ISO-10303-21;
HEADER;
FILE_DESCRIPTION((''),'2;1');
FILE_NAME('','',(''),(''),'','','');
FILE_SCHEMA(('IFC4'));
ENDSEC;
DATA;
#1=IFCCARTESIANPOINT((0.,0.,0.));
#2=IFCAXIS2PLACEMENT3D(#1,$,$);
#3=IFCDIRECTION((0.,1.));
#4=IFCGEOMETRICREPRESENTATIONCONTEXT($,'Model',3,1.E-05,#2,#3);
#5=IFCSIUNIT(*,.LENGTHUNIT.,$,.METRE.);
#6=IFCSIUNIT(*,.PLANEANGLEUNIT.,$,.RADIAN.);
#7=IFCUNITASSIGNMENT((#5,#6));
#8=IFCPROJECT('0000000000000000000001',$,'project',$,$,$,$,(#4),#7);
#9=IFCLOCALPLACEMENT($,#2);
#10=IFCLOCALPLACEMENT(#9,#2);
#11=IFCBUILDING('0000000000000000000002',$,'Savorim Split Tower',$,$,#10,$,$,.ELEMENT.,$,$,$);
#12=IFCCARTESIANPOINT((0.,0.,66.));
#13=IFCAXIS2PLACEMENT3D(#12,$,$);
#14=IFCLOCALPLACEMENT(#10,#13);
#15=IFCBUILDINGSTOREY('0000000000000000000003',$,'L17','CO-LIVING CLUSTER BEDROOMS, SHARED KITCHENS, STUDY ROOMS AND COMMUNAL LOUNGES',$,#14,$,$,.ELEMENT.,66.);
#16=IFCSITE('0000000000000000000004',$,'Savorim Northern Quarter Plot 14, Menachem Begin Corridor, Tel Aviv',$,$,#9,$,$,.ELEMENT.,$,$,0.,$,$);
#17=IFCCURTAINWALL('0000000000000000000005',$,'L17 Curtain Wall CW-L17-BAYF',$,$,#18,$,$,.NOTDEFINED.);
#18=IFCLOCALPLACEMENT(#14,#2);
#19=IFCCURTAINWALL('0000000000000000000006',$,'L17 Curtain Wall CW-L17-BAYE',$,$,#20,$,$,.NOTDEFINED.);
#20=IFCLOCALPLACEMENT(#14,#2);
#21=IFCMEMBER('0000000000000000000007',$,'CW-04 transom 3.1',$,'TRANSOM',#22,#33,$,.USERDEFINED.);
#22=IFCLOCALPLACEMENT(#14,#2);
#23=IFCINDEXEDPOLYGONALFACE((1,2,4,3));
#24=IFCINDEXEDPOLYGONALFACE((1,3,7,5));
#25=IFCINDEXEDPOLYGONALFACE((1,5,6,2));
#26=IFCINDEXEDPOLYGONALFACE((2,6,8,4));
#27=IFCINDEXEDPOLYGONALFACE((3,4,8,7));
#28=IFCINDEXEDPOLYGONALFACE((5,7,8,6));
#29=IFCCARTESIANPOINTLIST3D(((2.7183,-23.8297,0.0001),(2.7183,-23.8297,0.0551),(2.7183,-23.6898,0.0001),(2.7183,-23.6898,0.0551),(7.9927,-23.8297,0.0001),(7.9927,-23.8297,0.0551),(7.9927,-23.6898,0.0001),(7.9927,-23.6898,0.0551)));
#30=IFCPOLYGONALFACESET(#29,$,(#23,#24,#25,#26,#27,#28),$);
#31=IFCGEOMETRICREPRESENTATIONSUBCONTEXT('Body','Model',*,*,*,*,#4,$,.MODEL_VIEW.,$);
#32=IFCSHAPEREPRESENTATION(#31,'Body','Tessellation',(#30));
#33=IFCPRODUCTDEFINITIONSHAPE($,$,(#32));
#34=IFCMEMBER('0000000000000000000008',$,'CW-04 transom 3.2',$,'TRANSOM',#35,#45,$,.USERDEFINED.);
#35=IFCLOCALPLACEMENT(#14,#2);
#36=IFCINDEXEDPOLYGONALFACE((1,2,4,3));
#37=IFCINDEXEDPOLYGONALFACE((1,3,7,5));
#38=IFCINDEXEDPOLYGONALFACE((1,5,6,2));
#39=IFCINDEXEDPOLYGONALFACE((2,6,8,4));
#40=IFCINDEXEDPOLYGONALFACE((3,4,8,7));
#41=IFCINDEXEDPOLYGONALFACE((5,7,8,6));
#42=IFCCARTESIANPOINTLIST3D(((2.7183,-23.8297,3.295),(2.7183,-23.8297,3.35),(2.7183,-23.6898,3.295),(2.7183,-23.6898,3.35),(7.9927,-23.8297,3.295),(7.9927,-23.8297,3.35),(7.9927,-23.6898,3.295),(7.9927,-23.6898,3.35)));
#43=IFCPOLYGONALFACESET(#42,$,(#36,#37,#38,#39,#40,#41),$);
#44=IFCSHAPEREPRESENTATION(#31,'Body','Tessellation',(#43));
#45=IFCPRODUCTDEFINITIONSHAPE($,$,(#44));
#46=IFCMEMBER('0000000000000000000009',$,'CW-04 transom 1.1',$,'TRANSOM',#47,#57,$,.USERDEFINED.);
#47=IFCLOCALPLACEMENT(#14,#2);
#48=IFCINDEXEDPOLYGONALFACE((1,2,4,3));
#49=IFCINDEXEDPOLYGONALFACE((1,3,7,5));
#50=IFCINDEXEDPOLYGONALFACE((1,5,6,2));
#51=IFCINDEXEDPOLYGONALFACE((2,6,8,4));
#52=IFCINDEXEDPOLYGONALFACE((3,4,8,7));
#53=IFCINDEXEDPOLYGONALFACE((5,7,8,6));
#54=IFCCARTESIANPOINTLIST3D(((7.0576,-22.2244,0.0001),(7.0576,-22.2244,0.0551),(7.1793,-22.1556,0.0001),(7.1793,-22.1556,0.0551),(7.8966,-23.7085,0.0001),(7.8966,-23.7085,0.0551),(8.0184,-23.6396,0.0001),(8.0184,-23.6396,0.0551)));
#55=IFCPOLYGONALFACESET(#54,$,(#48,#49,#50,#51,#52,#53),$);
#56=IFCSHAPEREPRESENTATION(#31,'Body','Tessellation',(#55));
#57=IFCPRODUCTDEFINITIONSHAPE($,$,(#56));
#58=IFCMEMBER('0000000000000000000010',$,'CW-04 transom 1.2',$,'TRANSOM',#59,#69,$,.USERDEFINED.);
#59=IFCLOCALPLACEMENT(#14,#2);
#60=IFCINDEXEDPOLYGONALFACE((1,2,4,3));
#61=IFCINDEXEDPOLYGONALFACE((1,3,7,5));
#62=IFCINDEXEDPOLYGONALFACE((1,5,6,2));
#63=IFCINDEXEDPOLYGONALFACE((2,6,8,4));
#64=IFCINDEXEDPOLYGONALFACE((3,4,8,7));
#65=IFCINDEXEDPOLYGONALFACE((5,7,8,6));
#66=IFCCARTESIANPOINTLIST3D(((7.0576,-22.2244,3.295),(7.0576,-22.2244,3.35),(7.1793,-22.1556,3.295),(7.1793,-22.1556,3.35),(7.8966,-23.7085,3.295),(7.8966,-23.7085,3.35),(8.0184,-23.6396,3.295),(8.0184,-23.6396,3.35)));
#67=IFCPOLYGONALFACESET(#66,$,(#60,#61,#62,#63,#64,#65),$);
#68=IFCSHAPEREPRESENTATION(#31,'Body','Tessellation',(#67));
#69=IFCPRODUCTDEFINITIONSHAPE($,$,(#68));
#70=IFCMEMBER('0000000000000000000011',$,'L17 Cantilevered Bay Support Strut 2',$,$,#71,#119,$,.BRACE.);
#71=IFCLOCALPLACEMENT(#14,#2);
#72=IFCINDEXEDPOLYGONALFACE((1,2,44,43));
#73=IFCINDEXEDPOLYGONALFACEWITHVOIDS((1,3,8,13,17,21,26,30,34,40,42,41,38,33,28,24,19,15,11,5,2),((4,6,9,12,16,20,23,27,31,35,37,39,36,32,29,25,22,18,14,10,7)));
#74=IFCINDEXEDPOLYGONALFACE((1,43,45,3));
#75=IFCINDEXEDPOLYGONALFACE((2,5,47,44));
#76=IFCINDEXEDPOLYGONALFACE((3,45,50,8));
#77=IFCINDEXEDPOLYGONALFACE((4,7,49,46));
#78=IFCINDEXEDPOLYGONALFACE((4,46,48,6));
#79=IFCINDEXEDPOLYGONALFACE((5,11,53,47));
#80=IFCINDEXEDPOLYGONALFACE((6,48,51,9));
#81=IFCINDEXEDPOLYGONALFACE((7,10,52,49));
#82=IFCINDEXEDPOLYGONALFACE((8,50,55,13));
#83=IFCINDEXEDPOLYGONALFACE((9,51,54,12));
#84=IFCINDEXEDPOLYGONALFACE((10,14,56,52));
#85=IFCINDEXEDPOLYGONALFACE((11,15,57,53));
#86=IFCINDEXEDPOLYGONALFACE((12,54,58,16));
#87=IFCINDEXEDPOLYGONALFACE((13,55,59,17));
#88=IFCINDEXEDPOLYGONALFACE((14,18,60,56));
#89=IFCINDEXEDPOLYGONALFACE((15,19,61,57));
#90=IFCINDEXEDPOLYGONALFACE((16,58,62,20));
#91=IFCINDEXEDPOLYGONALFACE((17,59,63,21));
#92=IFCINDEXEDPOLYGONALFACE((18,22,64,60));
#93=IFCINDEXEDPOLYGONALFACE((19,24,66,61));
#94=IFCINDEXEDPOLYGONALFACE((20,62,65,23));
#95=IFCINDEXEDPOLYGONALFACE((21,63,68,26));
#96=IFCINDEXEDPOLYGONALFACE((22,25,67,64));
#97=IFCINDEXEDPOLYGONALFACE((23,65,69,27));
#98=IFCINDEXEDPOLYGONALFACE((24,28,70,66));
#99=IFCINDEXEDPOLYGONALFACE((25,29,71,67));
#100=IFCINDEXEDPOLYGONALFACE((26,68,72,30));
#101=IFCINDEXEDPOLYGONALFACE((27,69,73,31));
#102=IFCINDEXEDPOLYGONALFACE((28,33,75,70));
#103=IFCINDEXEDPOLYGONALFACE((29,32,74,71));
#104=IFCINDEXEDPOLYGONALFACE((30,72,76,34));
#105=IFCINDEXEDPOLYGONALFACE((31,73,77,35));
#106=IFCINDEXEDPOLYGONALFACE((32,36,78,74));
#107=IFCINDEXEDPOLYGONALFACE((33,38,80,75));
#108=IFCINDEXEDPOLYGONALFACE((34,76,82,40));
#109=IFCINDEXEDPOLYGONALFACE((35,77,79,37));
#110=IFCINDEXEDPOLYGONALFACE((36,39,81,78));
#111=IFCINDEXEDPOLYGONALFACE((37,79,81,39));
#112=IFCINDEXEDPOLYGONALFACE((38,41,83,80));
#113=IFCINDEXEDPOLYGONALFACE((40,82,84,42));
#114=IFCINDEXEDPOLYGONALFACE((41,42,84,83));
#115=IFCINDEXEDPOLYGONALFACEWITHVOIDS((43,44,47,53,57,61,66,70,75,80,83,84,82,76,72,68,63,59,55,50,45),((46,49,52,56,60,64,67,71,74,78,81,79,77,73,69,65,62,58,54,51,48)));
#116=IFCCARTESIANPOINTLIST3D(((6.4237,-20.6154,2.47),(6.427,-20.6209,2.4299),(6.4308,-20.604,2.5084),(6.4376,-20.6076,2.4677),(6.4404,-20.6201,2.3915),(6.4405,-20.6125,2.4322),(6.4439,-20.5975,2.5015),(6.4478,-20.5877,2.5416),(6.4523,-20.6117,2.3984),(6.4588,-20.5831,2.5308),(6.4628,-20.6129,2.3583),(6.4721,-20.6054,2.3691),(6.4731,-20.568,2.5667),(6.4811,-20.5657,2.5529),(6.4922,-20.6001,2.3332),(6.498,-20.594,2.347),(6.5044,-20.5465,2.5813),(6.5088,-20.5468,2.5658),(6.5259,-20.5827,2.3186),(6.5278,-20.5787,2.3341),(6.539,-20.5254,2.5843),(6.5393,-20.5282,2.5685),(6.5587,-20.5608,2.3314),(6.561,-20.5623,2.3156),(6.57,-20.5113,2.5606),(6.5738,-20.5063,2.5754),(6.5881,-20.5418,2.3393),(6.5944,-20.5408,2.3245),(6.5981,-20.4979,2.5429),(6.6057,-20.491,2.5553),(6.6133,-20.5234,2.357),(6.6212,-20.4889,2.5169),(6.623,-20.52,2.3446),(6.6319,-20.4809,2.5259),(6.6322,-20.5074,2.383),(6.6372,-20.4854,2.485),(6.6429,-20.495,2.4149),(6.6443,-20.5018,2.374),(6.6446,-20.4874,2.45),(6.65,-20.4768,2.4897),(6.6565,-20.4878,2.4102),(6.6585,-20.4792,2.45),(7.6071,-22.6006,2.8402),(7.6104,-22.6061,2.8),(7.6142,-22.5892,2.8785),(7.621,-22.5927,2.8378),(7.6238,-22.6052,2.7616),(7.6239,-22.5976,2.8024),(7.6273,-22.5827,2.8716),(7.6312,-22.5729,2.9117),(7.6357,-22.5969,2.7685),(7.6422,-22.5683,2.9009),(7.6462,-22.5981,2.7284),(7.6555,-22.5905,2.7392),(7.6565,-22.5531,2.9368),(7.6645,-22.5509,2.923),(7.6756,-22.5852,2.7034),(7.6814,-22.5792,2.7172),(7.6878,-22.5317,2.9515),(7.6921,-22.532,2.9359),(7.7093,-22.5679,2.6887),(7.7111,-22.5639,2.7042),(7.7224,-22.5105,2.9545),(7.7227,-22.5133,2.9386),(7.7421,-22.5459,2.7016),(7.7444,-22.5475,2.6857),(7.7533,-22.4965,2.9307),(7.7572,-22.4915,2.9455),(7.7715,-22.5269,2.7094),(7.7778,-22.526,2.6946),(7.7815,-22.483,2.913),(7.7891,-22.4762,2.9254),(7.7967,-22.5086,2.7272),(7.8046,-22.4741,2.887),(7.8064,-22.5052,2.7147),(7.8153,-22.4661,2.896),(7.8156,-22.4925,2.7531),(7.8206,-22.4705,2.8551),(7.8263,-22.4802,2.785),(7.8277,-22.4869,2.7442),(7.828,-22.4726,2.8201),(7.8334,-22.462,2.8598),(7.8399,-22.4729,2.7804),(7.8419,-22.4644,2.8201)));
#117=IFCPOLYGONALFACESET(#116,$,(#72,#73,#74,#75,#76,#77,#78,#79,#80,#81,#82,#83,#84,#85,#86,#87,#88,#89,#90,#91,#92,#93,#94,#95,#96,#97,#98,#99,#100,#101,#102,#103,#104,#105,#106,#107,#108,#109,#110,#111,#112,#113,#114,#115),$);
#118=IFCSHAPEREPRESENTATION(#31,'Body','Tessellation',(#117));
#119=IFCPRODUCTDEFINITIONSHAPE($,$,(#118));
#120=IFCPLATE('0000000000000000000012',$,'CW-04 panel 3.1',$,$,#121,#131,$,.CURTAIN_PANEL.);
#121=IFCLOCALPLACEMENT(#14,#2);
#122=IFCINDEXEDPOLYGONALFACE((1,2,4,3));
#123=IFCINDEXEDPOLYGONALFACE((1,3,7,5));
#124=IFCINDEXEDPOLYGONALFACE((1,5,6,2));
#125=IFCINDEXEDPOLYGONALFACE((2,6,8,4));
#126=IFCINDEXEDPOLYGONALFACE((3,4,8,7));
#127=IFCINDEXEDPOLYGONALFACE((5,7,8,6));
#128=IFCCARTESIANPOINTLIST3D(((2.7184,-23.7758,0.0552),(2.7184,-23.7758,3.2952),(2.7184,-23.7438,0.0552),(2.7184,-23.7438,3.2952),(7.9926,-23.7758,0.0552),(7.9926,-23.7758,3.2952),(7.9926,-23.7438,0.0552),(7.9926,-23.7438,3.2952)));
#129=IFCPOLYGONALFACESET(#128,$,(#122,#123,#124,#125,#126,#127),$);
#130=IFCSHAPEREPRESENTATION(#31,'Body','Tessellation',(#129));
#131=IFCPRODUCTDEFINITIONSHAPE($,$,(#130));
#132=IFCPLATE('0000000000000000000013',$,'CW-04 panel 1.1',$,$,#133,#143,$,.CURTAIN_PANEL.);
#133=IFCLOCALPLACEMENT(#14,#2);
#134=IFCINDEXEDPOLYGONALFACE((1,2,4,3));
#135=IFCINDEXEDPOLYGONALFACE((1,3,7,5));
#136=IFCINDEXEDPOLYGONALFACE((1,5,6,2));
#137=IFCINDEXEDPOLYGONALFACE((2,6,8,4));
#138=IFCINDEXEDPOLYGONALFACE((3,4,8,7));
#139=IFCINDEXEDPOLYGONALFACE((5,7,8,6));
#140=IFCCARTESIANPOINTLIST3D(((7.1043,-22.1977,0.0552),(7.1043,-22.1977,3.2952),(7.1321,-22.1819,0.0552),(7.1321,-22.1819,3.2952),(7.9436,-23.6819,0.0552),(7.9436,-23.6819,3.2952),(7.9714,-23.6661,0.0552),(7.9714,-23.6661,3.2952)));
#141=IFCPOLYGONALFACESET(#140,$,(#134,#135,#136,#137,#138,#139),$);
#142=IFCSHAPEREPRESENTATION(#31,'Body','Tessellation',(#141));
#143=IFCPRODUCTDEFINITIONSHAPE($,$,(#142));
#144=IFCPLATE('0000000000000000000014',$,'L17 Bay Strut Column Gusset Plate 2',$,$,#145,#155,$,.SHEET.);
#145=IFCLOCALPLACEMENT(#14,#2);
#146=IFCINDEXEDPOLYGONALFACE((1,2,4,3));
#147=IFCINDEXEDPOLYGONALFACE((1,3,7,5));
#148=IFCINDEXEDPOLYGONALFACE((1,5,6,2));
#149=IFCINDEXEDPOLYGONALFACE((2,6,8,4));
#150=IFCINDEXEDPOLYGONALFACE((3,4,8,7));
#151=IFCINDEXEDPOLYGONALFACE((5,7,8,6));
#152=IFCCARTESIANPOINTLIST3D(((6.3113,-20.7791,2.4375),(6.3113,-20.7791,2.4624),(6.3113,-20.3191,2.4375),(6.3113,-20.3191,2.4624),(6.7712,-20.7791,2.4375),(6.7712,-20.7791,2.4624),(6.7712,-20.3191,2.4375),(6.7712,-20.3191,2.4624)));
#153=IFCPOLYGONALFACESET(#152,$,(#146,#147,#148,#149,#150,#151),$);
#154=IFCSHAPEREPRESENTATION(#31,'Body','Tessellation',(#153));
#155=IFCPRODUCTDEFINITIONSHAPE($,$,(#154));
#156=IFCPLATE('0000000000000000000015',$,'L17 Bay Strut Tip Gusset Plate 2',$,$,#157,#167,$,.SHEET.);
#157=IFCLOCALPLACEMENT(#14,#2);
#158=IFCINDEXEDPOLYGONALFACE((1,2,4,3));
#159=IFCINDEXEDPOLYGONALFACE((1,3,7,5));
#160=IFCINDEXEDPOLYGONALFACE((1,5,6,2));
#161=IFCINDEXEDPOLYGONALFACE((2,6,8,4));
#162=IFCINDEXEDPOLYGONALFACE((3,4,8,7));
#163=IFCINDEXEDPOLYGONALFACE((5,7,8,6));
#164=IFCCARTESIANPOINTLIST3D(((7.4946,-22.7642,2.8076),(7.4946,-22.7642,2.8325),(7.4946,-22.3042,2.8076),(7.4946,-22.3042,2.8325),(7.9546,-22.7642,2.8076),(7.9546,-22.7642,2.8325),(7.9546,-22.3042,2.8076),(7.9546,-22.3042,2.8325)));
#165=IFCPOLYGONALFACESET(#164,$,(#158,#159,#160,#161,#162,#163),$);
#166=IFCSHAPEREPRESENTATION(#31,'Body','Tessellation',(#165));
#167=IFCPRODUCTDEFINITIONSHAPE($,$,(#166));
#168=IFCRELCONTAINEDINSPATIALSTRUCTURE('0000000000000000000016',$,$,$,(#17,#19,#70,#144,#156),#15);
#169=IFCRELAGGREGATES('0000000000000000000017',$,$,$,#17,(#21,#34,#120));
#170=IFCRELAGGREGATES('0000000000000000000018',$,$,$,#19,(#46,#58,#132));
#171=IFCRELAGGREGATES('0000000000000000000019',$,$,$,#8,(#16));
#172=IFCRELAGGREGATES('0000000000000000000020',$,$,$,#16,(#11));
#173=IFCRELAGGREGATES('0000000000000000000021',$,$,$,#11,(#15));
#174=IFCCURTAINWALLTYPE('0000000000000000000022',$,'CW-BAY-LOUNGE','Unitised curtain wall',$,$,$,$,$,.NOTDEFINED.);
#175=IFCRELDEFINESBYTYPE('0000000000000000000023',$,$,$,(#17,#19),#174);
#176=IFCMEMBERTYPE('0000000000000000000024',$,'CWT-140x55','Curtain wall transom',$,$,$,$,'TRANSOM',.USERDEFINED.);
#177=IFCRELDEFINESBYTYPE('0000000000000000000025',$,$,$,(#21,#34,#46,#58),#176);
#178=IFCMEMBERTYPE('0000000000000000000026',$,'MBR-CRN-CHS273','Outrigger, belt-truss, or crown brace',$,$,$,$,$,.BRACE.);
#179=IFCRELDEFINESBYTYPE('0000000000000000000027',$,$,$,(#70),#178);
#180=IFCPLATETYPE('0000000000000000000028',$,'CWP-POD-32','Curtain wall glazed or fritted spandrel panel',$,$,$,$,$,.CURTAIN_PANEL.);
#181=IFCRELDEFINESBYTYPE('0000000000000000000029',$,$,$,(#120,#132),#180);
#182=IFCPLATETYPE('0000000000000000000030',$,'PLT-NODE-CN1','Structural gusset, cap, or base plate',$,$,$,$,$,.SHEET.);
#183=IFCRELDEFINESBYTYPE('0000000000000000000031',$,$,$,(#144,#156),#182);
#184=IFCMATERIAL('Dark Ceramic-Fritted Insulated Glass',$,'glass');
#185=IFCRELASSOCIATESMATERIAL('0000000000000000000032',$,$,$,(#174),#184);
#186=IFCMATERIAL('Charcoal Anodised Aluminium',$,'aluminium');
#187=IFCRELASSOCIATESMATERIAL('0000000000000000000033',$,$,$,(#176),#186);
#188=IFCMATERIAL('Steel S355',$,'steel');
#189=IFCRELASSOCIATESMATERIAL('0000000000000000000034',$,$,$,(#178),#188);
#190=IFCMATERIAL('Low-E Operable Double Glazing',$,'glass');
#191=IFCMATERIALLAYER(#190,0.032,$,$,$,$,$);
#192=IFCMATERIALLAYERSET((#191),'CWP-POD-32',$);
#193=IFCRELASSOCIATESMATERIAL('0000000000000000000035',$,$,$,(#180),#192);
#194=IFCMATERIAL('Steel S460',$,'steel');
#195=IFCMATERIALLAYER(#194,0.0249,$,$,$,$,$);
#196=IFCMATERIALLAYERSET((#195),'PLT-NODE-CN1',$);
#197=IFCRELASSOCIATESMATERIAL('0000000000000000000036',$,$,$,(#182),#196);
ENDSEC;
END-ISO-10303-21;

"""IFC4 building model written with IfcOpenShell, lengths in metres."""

from ifc_helpers import new_model, si_unit, direction, frame, origin, origin_2d, place, context, subcontext, project, spatial, rectangle, hollow_circle, extrude, material, layer, layer_set, material_profile, profile_set, type_object, element, aggregate, save


model = new_model("IFC4")

# Units and contexts
model_context = context("Model", 3, precision=1e-05, world=origin(), true_north=direction((0.0, 1.0)))
body_context = subcontext(model_context, "Body", "Model", "MODEL_VIEW")
ifc_project = project(units=[si_unit("LENGTHUNIT", "METRE"), si_unit("PLANEANGLEUNIT", "RADIAN")], contexts=[model_context])

# Site, building, storey
site_placement = place(None, origin())
site = spatial("IfcSite", under=ifc_project, at=site_placement, Name="Savorim Northern Quarter Plot 14, Menachem Begin Corridor, Tel Aviv", CompositionType="ELEMENT", RefElevation=0.0)
building_placement = place(site_placement, origin())
building = spatial("IfcBuilding", under=site, at=building_placement, Name="Savorim Split Tower", CompositionType="ELEMENT")
storey_placement = place(building_placement, frame((0.0, 0.0, 66.0)))
storey = spatial("IfcBuildingStorey", under=building, at=storey_placement, Name="L17", Description="CO-LIVING CLUSTER BEDROOMS, SHARED KITCHENS, STUDY ROOMS AND COMMUNAL LOUNGES", CompositionType="ELEMENT", Elevation=66.0)

# Shared definitions
ifc_material_1 = material(Name="Steel S460", Category="steel")

# Shared definitions
ifc_material_2 = material(Name="Steel S355", Category="steel")

# Shared definitions
ifc_material_3 = material(Name="Dark Ceramic-Fritted Insulated Glass", Category="glass")
ifc_material_4 = material(Name="Charcoal Anodised Aluminium", Category="aluminium")

# Curtain walls
curtain_wall_type_1 = type_object("IfcCurtainWallType", Name="CW-BAY-LOUNGE", Description="Unitised curtain wall", PredefinedType="NOTDEFINED", material=ifc_material_3)
curtain_wall_1_placement = place(storey_placement, origin())
curtain_wall_1 = element("IfcCurtainWall", 1, at=curtain_wall_1_placement, inside=storey, type_object=curtain_wall_type_1, Name="L17 Curtain Wall CW-L17-BAYF", PredefinedType="NOTDEFINED")
curtain_wall_2_placement = place(storey_placement, origin())
curtain_wall_2 = element("IfcCurtainWall", 2, at=curtain_wall_2_placement, inside=storey, type_object=curtain_wall_type_1, Name="L17 Curtain Wall CW-L17-BAYE", PredefinedType="NOTDEFINED")

# Members
ifc_material_profile_1 = material_profile(ifc_material_4, rectangle(XDim=0.1399, YDim=0.0549, at=origin_2d()), Name="ALU-T 140x55")
ifc_profile_set_1 = profile_set([ifc_material_profile_1], Name="Charcoal Anodised Aluminium")
member_type_1 = type_object("IfcMemberType", Name="CWT-140x55", Description="Curtain wall transom", ElementType="TRANSOM", PredefinedType="USERDEFINED", material=ifc_profile_set_1)
member_1_placement = place(storey_placement, frame((2.7183, -23.7598, 0.0276), z_axis=(1.0, 0.0, 0.0), x_axis=(0.0, 1.0, 0.0)))
member_1 = element("IfcMember", 3, at=member_1_placement, type_object=member_type_1, Name="CW-04 transom 3.1", ObjectType="TRANSOM", PredefinedType="USERDEFINED", context=body_context, shape_type="SweptSolid", body=[
    extrude(rectangle(XDim=0.1399, YDim=0.0549, at=origin_2d()), origin(), (0.0, 0.0, 1.0), 5.2744),
])
member_2_placement = place(storey_placement, frame((2.7183, -23.7598, 3.3225), z_axis=(1.0, 0.0, 0.0), x_axis=(0.0, 1.0, 0.0)))
member_2 = element("IfcMember", 4, at=member_2_placement, type_object=member_type_1, Name="CW-04 transom 3.2", ObjectType="TRANSOM", PredefinedType="USERDEFINED", context=body_context, shape_type="SweptSolid", body=[
    extrude(rectangle(XDim=0.1399, YDim=0.0549, at=origin_2d()), origin(), (0.0, 0.0, 1.0), 5.2744),
])
member_3_placement = place(storey_placement, frame((7.9575, -23.6741, 0.0276), z_axis=(-0.49217, 0.870499, 0.0), x_axis=(-0.870499, -0.49217, 0.0)))
member_3 = element("IfcMember", 5, at=member_3_placement, type_object=member_type_1, Name="CW-04 transom 1.1", ObjectType="TRANSOM", PredefinedType="USERDEFINED", context=body_context, shape_type="SweptSolid", body=[
    extrude(rectangle(XDim=0.1399, YDim=0.0549, at=origin_2d()), origin(), (0.0, 0.0, 1.0), 1.7048),
])
member_4_placement = place(storey_placement, frame((7.9575, -23.6741, 3.3225), z_axis=(-0.49217, 0.870499, 0.0), x_axis=(-0.870499, -0.49217, 0.0)))
member_4 = element("IfcMember", 6, at=member_4_placement, type_object=member_type_1, Name="CW-04 transom 1.2", ObjectType="TRANSOM", PredefinedType="USERDEFINED", context=body_context, shape_type="SweptSolid", body=[
    extrude(rectangle(XDim=0.1399, YDim=0.0549, at=origin_2d()), origin(), (0.0, 0.0, 1.0), 1.7048),
])
ifc_material_profile_2 = material_profile(ifc_material_2, hollow_circle(Radius=0.1365, WallThickness=0.0161, at=origin_2d()), Name="CHS 273x16")
ifc_profile_set_2 = profile_set([ifc_material_profile_2], Name="Steel S355")
member_type_2 = type_object("IfcMemberType", Name="MBR-CRN-CHS273", Description="Outrigger, belt-truss, or crown brace", PredefinedType="BRACE", material=ifc_profile_set_2)
member_5_placement = place(storey_placement, frame((6.5413, -20.5491, 2.45), z_axis=(0.505596, -0.848154, 0.158136), x_axis=(0.858962, 0.512039, 0.0)))
element("IfcMember", 7, at=member_5_placement, inside=storey, type_object=member_type_2, Name="L17 Cantilevered Bay Support Strut 2", PredefinedType="BRACE", context=body_context, shape_type="SweptSolid", body=[
    extrude(hollow_circle(Radius=0.1365, WallThickness=0.0161, at=origin_2d()), origin(), (0.0, 0.0, 1.0), 2.3406),
])

# Plates
ifc_material_5 = material(Name="Low-E Operable Double Glazing", Category="glass")
ifc_layer_1 = layer(ifc_material_5, 0.032)
ifc_layer_set_1 = layer_set([ifc_layer_1], Name="CWP-POD-32")
plate_type_1 = type_object("IfcPlateType", Name="CWP-POD-32", Description="Curtain wall glazed or fritted spandrel panel", PredefinedType="CURTAIN_PANEL", material=ifc_layer_set_1)
plate_1_placement = place(storey_placement, frame((5.3555, -23.7598, 0.0552), z_axis=(0.0, 0.0, 1.0), x_axis=(1.0, 0.0, 0.0)))
plate_1 = element("IfcPlate", 8, at=plate_1_placement, type_object=plate_type_1, Name="CW-04 panel 3.1", PredefinedType="CURTAIN_PANEL", context=body_context, shape_type="SweptSolid", body=[
    extrude(rectangle(XDim=5.2742, YDim=0.032, at=origin_2d()), origin(), (0.0, 0.0, 1.0), 3.24),
])
aggregate(curtain_wall_1, [member_1, member_2, plate_1])
plate_2_placement = place(storey_placement, frame((7.5378, -22.9319, 0.0552), z_axis=(0.0, 0.0, 1.0), x_axis=(-0.492255, 0.870451, 0.0)))
plate_2 = element("IfcPlate", 9, at=plate_2_placement, type_object=plate_type_1, Name="CW-04 panel 1.1", PredefinedType="CURTAIN_PANEL", context=body_context, shape_type="SweptSolid", body=[
    extrude(rectangle(XDim=1.7051, YDim=0.032, at=origin_2d()), origin(), (0.0, 0.0, 1.0), 3.24),
])
aggregate(curtain_wall_2, [member_3, member_4, plate_2])

# Plates
ifc_layer_2 = layer(ifc_material_1, 0.0249)
ifc_layer_set_2 = layer_set([ifc_layer_2], Name="PLT-NODE-CN1")
plate_type_2 = type_object("IfcPlateType", Name="PLT-NODE-CN1", Description="Structural gusset, cap, or base plate", PredefinedType="SHEET", material=ifc_layer_set_2)
for number, where, z_axis, x_axis, name in (
    (10, (6.5413, -20.5491, 2.4375), (0.0, 0.0, 1.0), (1.0, 0.0, 0.0), "L17 Bay Strut Column Gusset Plate 2"),
    (11, (7.7246, -22.5342, 2.8076), (0.0, 0.0, 1.0), (1.0, 0.0, 0.0), "L17 Bay Strut Tip Gusset Plate 2"),
):
    element("IfcPlate", number, at=place(storey_placement, frame(where, z_axis=z_axis, x_axis=x_axis)), inside=storey, type_object=plate_type_2, Name=name, PredefinedType="SHEET", context=body_context, shape_type="SweptSolid", body=[
        extrude(rectangle(XDim=0.46, YDim=0.46, at=origin_2d()), origin(), (0.0, 0.0, 1.0), 0.0249),
    ])

save(model, "model.ifc")
